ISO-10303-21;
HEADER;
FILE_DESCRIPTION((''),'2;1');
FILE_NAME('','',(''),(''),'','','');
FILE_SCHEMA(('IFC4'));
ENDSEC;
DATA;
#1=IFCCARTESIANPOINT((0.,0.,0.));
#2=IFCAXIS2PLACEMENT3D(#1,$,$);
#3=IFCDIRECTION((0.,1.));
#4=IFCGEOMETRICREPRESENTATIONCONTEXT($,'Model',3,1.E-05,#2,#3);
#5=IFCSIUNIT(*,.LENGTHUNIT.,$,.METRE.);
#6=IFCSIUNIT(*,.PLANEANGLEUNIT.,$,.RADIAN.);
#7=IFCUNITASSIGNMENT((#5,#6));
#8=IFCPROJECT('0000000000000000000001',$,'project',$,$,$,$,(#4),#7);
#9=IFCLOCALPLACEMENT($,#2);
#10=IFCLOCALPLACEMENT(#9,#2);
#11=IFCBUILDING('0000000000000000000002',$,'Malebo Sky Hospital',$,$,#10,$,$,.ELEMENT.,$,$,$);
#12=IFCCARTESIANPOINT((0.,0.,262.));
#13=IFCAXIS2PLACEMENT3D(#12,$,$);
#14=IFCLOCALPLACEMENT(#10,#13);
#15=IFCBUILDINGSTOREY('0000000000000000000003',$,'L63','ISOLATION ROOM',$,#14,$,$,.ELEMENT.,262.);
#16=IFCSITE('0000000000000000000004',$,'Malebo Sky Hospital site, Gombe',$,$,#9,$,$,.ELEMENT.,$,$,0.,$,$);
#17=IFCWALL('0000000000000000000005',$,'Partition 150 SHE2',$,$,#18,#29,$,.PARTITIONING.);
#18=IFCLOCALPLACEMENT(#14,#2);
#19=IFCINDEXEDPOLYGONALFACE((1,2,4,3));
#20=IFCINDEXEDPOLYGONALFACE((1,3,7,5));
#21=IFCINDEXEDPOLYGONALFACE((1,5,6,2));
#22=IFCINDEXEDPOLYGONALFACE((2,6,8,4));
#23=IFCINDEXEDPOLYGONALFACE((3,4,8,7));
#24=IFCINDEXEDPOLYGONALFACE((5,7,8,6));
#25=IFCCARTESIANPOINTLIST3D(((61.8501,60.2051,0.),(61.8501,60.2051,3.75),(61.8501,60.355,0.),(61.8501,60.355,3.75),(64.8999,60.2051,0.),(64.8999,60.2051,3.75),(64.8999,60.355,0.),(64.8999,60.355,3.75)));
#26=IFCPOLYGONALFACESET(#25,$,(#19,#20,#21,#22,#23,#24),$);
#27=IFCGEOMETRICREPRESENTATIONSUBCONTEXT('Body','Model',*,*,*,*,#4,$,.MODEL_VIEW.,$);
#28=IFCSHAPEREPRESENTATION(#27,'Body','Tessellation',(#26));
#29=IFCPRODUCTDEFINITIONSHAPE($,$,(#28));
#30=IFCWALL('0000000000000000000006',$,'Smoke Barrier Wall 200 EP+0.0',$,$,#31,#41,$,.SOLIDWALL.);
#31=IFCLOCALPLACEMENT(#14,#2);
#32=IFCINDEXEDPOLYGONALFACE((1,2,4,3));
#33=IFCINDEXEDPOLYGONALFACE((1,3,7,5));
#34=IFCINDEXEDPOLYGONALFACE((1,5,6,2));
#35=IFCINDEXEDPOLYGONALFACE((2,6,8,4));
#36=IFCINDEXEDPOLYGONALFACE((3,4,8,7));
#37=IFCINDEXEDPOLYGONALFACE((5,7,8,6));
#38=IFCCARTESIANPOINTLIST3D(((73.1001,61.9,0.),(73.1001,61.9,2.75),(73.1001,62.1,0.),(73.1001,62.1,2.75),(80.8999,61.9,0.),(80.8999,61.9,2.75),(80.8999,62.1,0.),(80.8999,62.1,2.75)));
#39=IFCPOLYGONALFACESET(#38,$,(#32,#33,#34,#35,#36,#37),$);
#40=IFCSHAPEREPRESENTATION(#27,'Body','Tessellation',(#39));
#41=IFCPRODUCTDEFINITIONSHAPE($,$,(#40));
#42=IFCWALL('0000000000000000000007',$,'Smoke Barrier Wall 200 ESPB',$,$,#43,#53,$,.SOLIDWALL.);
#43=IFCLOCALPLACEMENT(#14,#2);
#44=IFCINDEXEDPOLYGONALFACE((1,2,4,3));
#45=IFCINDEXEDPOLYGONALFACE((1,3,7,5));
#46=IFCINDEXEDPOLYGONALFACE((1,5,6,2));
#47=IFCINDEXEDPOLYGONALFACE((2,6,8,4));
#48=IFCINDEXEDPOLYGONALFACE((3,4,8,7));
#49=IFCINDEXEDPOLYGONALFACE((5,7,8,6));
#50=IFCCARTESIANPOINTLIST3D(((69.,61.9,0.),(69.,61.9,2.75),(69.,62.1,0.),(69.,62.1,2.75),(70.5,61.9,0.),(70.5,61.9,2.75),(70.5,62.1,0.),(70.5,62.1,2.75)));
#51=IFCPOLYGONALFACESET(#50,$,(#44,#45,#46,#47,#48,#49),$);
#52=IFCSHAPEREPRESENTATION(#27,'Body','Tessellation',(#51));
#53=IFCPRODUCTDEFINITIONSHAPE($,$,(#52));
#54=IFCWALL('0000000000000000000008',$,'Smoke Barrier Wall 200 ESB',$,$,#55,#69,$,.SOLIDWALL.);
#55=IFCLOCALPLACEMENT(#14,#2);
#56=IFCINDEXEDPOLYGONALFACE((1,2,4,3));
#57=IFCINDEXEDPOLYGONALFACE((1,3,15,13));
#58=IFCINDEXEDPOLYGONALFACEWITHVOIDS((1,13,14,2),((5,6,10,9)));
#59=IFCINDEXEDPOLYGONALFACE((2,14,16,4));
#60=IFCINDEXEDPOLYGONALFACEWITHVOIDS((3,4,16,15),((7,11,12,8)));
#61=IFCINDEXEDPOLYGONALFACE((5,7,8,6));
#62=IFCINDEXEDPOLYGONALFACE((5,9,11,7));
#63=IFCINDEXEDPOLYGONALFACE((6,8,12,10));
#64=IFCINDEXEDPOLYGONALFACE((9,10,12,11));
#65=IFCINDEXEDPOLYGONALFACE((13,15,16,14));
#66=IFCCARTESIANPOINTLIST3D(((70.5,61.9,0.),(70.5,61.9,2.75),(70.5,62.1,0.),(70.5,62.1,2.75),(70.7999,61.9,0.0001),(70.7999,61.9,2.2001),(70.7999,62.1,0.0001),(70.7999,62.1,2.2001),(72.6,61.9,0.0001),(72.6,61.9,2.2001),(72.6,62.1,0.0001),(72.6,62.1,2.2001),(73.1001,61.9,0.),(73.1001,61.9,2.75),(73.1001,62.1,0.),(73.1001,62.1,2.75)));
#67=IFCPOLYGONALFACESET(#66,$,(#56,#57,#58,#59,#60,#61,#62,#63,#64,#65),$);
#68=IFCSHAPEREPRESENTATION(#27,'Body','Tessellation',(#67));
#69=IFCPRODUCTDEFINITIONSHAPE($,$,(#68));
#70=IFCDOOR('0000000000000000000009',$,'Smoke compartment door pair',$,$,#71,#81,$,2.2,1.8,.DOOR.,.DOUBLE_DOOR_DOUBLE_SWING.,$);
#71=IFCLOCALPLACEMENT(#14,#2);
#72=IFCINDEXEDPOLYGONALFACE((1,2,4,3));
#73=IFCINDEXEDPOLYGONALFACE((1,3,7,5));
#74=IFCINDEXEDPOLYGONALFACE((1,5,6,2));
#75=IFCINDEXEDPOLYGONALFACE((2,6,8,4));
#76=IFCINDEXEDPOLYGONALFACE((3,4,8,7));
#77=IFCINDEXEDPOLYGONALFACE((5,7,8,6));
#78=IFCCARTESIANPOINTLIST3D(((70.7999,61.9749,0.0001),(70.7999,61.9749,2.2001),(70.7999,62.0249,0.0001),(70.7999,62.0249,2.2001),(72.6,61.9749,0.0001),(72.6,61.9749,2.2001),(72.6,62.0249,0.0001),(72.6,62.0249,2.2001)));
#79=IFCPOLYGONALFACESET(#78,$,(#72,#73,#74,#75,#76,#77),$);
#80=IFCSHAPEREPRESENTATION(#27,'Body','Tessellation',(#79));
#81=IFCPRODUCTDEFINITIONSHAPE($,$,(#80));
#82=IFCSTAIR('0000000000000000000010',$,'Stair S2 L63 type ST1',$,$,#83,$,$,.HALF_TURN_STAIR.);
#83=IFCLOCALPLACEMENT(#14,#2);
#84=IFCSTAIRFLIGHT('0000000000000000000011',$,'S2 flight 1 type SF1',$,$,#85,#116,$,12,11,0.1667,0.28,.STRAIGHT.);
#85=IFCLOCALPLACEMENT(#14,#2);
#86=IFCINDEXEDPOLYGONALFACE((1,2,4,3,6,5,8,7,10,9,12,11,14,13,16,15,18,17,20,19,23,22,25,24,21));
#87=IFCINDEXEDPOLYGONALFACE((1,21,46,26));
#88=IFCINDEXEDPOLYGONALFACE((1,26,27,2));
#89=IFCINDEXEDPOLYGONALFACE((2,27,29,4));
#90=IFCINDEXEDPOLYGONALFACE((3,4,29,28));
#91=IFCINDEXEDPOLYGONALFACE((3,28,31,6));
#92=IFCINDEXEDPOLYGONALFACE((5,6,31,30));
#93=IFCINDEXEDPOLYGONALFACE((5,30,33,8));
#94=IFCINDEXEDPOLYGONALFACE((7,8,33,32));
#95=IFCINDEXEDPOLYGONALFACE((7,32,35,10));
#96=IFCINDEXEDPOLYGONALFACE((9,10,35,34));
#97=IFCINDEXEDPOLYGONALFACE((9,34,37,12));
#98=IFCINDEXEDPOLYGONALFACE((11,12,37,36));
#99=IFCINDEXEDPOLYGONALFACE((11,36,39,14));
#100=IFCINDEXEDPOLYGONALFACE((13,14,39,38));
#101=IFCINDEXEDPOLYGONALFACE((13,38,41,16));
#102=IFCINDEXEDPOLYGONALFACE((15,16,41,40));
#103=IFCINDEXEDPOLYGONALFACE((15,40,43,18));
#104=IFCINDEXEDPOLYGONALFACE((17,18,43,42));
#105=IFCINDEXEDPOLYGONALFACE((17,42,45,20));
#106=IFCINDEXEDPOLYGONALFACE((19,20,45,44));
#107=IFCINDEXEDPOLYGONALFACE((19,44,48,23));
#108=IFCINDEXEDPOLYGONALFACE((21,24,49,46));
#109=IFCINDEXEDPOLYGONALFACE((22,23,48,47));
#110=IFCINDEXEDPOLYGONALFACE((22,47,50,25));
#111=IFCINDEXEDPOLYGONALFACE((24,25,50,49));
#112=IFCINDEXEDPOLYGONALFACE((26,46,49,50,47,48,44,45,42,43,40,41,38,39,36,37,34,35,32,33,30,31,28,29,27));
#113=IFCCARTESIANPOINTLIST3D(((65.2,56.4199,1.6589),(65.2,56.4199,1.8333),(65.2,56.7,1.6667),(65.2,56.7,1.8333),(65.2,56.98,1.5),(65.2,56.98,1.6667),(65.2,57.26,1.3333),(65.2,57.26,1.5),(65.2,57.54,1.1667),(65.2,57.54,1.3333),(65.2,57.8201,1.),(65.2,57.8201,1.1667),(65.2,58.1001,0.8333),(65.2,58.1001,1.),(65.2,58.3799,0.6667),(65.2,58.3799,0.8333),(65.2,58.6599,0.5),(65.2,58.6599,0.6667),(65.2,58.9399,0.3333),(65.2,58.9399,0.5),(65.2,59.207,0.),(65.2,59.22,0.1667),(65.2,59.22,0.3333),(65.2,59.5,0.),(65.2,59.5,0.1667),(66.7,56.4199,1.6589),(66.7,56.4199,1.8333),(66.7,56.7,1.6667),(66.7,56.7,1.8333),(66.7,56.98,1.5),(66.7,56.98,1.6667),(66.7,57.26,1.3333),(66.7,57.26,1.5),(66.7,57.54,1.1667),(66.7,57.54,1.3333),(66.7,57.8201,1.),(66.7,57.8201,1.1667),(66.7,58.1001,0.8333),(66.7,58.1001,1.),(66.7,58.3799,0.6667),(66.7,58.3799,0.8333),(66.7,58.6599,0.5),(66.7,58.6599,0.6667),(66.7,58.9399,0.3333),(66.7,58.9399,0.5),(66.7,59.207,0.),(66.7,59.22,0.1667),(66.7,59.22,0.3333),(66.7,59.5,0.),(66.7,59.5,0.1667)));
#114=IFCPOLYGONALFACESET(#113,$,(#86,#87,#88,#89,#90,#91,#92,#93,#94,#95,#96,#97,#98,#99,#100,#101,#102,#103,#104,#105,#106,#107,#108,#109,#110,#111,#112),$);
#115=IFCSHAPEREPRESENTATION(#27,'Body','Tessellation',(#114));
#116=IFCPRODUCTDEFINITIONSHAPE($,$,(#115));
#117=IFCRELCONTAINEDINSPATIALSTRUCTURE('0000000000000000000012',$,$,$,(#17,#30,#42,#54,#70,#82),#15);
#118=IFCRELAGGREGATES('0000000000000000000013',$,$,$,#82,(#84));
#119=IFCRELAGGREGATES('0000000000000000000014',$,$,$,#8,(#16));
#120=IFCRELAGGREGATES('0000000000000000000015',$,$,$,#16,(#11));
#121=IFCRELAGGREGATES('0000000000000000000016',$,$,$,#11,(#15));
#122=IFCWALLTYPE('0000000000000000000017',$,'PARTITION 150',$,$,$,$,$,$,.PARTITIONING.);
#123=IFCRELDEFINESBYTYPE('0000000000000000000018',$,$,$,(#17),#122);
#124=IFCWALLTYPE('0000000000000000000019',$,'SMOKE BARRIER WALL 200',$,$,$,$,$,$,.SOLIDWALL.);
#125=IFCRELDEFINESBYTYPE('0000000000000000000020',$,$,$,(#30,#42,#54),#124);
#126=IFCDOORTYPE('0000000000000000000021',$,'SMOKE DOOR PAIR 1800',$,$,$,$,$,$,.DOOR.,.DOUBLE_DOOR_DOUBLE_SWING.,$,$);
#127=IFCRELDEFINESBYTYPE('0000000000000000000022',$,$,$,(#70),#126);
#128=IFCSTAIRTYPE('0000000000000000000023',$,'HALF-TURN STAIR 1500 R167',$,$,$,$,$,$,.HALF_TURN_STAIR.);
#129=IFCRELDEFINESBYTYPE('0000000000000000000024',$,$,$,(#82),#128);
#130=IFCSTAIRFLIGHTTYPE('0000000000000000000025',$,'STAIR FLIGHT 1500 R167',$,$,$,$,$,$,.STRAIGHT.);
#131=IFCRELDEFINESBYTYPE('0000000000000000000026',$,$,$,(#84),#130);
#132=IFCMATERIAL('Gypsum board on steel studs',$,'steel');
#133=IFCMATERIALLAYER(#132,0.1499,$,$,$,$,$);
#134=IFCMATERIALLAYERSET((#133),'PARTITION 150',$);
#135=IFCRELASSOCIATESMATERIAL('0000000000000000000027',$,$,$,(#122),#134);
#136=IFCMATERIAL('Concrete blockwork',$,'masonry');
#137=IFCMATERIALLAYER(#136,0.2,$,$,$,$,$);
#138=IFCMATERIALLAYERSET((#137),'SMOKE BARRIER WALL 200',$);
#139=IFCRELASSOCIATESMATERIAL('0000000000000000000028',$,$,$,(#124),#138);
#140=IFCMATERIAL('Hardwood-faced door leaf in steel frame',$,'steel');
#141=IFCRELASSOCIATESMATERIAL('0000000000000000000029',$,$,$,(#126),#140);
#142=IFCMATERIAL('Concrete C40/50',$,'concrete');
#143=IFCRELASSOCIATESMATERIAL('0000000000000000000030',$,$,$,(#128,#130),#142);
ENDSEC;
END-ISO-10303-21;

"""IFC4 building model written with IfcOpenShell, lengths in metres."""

from ifc_helpers import new_model, si_unit, direction, frame, frame_2d, origin, place, context, subcontext, project, spatial, polyline, rectangle, outline, extrude, material, layer, layer_set, type_object, element, fill, aggregate, save


model = new_model("IFC4")

# Units and contexts
model_context = context("Model", 3, precision=1e-05, world=origin(), true_north=direction((0.0, 1.0)))
body_context = subcontext(model_context, "Body", "Model", "MODEL_VIEW")
ifc_project = project(units=[si_unit("LENGTHUNIT", "METRE"), si_unit("PLANEANGLEUNIT", "RADIAN")], contexts=[model_context])

# Site, building, storey
site_placement = place(None, origin())
site = spatial("IfcSite", under=ifc_project, at=site_placement, Name="Malebo Sky Hospital site, Gombe", CompositionType="ELEMENT", RefElevation=0.0)
building_placement = place(site_placement, origin())
building = spatial("IfcBuilding", under=site, at=building_placement, Name="Malebo Sky Hospital", CompositionType="ELEMENT")
storey_placement = place(building_placement, frame((0.0, 0.0, 262.0)))
storey = spatial("IfcBuildingStorey", under=building, at=storey_placement, Name="L63", Description="ISOLATION ROOM", CompositionType="ELEMENT", Elevation=262.0)

# Shared definitions
ifc_material_1 = material(Name="Hardwood-faced door leaf in steel frame", Category="steel")
ifc_material_2 = material(Name="Gypsum board on steel studs", Category="steel")

# Walls
ifc_layer_1 = layer(ifc_material_2, 0.1499)
ifc_layer_set_1 = layer_set([ifc_layer_1], Name="PARTITION 150")
wall_type_1 = type_object("IfcWallType", Name="PARTITION 150", PredefinedType="PARTITIONING", material=ifc_layer_set_1)
wall_1_placement = place(storey_placement, frame((61.8501, 60.28, 0.0), z_axis=(0.0, 0.0, 1.0), x_axis=(1.0, 0.0, 0.0)))
element("IfcWall", 1, at=wall_1_placement, inside=storey, type_object=wall_type_1, Name="Partition 150 SHE2", PredefinedType="PARTITIONING", context=body_context, shape_type="SweptSolid", body=[
    extrude(rectangle(XDim=3.0498, YDim=0.1499, at=frame_2d((1.5249, 0.0))), origin(), (0.0, 0.0, 1.0), 3.75),
])
ifc_material_3 = material(Name="Concrete blockwork", Category="masonry")
ifc_layer_2 = layer(ifc_material_3, 0.2)
ifc_layer_set_2 = layer_set([ifc_layer_2], Name="SMOKE BARRIER WALL 200")
wall_type_2 = type_object("IfcWallType", Name="SMOKE BARRIER WALL 200", PredefinedType="SOLIDWALL", material=ifc_layer_set_2)
wall_2_placement = place(storey_placement, frame((73.1001, 62.0, 0.0), z_axis=(0.0, 0.0, 1.0), x_axis=(1.0, 0.0, 0.0)))
element("IfcWall", 2, at=wall_2_placement, inside=storey, type_object=wall_type_2, Name="Smoke Barrier Wall 200 EP+0.0", PredefinedType="SOLIDWALL", context=body_context, shape_type="SweptSolid", body=[
    extrude(rectangle(XDim=7.7998, YDim=0.2, at=frame_2d((3.8999, 0.0))), origin(), (0.0, 0.0, 1.0), 2.75),
])
wall_3_placement = place(storey_placement, frame((69.0, 62.0, 0.0), z_axis=(0.0, 0.0, 1.0), x_axis=(1.0, 0.0, 0.0)))
element("IfcWall", 3, at=wall_3_placement, inside=storey, type_object=wall_type_2, Name="Smoke Barrier Wall 200 ESPB", PredefinedType="SOLIDWALL", context=body_context, shape_type="SweptSolid", body=[
    extrude(rectangle(XDim=1.5, YDim=0.2, at=frame_2d((0.75, 0.0))), origin(), (0.0, 0.0, 1.0), 2.75),
])

# Wall, opening, door
wall_4_placement = place(storey_placement, frame((70.5, 62.0, 0.0), z_axis=(0.0, 0.0, 1.0), x_axis=(1.0, 0.0, 0.0)))
wall_4 = element("IfcWall", 4, at=wall_4_placement, inside=storey, type_object=wall_type_2, Name="Smoke Barrier Wall 200 ESB", PredefinedType="SOLIDWALL", context=body_context, shape_type="SweptSolid", body=[
    extrude(rectangle(XDim=2.6001, YDim=0.2, at=frame_2d((1.3, 0.0))), origin(), (0.0, 0.0, 1.0), 2.75),
])
opening_1_placement = place(wall_4_placement, frame((0.3, 0.0, 0.0)))
opening_1 = element("IfcOpeningElement", 5, at=opening_1_placement, cuts=wall_4, PredefinedType="OPENING", context=body_context, shape_type="SweptSolid", body=[
    extrude(rectangle(XDim=1.8, YDim=2.2, at=frame_2d((0.8999, 1.1001))), frame((0.0, 0.1099, 0.0), z_axis=(0.0, -1.0, 0.0), x_axis=(1.0, 0.0, 0.0)), (0.0, 0.0, 1.0), 0.22),
])
door_type_1 = type_object("IfcDoorType", Name="SMOKE DOOR PAIR 1800", OperationType="DOUBLE_DOOR_DOUBLE_SWING", PredefinedType="DOOR", material=ifc_material_1)
door_1_placement = place(opening_1_placement, origin())
door_1 = element("IfcDoor", 6, at=door_1_placement, inside=storey, type_object=door_type_1, Name="Smoke compartment door pair", OperationType="DOUBLE_DOOR_DOUBLE_SWING", OverallHeight=2.2, OverallWidth=1.8, PredefinedType="DOOR", context=body_context, shape_type="SweptSolid", body=[
    extrude(rectangle(XDim=1.8, YDim=2.2, at=frame_2d((0.8999, 1.1001))), frame((0.0, 0.0249, 0.0), z_axis=(0.0, -1.0, 0.0), x_axis=(1.0, 0.0, 0.0)), (0.0, 0.0, 1.0), 0.05),
])
fill(opening_1, door_1)

# Stair, stair flight
ifc_material_4 = material(Name="Concrete C40/50", Category="concrete")
stair_type = type_object("IfcStairType", Name="HALF-TURN STAIR 1500 R167", PredefinedType="HALF_TURN_STAIR", material=ifc_material_4)
stair_placement = place(storey_placement, origin())
stair = element("IfcStair", 7, at=stair_placement, inside=storey, type_object=stair_type, Name="Stair S2 L63 type ST1", PredefinedType="HALF_TURN_STAIR")
stair_flight_type = type_object("IfcStairFlightType", Name="STAIR FLIGHT 1500 R167", PredefinedType="STRAIGHT", material=ifc_material_4)
stair_flight_placement = place(storey_placement, frame((65.95, 59.5, 0.0), z_axis=(0.0, 0.0, 1.0), x_axis=(0.0, -1.0, 0.0)))
stair_flight = element("IfcStairFlight", 8, at=stair_flight_placement, type_object=stair_flight_type, Name="S2 flight 1 type SF1", NumberOfRisers=12, NumberOfTreads=11, PredefinedType="STRAIGHT", RiserHeight=0.1667, TreadLength=0.28, context=body_context, shape_type="SweptSolid", body=[
    extrude(outline(polyline([(0.0, 0.0), (0.0, 0.1667), (0.28, 0.1667), (0.28, 0.3333), (0.5601, 0.3333), (0.5601, 0.5), (0.8401, 0.5), (0.8401, 0.6667), (1.1201, 0.6667), (1.1201, 0.8333), (1.3999, 0.8333), (1.3999, 1.0), (1.6799, 1.0), (1.6799, 1.1667), (1.96, 1.1667), (1.96, 1.3333), (2.24, 1.3333), (2.24, 1.5), (2.52, 1.5), (2.52, 1.6667), (2.8, 1.6667), (2.8, 1.8333), (3.0801, 1.8333), (3.0801, 2.0), (3.0801, 1.6589), (0.293, 0.0), (0.0, 0.0)])), frame((0.0, 0.75, 0.0), z_axis=(0.0, -1.0, 0.0), x_axis=(1.0, 0.0, 0.0)), (0.0, 0.0, 1.0), 1.5),
])
aggregate(stair, [stair_flight])

save(model, "model.ifc")
